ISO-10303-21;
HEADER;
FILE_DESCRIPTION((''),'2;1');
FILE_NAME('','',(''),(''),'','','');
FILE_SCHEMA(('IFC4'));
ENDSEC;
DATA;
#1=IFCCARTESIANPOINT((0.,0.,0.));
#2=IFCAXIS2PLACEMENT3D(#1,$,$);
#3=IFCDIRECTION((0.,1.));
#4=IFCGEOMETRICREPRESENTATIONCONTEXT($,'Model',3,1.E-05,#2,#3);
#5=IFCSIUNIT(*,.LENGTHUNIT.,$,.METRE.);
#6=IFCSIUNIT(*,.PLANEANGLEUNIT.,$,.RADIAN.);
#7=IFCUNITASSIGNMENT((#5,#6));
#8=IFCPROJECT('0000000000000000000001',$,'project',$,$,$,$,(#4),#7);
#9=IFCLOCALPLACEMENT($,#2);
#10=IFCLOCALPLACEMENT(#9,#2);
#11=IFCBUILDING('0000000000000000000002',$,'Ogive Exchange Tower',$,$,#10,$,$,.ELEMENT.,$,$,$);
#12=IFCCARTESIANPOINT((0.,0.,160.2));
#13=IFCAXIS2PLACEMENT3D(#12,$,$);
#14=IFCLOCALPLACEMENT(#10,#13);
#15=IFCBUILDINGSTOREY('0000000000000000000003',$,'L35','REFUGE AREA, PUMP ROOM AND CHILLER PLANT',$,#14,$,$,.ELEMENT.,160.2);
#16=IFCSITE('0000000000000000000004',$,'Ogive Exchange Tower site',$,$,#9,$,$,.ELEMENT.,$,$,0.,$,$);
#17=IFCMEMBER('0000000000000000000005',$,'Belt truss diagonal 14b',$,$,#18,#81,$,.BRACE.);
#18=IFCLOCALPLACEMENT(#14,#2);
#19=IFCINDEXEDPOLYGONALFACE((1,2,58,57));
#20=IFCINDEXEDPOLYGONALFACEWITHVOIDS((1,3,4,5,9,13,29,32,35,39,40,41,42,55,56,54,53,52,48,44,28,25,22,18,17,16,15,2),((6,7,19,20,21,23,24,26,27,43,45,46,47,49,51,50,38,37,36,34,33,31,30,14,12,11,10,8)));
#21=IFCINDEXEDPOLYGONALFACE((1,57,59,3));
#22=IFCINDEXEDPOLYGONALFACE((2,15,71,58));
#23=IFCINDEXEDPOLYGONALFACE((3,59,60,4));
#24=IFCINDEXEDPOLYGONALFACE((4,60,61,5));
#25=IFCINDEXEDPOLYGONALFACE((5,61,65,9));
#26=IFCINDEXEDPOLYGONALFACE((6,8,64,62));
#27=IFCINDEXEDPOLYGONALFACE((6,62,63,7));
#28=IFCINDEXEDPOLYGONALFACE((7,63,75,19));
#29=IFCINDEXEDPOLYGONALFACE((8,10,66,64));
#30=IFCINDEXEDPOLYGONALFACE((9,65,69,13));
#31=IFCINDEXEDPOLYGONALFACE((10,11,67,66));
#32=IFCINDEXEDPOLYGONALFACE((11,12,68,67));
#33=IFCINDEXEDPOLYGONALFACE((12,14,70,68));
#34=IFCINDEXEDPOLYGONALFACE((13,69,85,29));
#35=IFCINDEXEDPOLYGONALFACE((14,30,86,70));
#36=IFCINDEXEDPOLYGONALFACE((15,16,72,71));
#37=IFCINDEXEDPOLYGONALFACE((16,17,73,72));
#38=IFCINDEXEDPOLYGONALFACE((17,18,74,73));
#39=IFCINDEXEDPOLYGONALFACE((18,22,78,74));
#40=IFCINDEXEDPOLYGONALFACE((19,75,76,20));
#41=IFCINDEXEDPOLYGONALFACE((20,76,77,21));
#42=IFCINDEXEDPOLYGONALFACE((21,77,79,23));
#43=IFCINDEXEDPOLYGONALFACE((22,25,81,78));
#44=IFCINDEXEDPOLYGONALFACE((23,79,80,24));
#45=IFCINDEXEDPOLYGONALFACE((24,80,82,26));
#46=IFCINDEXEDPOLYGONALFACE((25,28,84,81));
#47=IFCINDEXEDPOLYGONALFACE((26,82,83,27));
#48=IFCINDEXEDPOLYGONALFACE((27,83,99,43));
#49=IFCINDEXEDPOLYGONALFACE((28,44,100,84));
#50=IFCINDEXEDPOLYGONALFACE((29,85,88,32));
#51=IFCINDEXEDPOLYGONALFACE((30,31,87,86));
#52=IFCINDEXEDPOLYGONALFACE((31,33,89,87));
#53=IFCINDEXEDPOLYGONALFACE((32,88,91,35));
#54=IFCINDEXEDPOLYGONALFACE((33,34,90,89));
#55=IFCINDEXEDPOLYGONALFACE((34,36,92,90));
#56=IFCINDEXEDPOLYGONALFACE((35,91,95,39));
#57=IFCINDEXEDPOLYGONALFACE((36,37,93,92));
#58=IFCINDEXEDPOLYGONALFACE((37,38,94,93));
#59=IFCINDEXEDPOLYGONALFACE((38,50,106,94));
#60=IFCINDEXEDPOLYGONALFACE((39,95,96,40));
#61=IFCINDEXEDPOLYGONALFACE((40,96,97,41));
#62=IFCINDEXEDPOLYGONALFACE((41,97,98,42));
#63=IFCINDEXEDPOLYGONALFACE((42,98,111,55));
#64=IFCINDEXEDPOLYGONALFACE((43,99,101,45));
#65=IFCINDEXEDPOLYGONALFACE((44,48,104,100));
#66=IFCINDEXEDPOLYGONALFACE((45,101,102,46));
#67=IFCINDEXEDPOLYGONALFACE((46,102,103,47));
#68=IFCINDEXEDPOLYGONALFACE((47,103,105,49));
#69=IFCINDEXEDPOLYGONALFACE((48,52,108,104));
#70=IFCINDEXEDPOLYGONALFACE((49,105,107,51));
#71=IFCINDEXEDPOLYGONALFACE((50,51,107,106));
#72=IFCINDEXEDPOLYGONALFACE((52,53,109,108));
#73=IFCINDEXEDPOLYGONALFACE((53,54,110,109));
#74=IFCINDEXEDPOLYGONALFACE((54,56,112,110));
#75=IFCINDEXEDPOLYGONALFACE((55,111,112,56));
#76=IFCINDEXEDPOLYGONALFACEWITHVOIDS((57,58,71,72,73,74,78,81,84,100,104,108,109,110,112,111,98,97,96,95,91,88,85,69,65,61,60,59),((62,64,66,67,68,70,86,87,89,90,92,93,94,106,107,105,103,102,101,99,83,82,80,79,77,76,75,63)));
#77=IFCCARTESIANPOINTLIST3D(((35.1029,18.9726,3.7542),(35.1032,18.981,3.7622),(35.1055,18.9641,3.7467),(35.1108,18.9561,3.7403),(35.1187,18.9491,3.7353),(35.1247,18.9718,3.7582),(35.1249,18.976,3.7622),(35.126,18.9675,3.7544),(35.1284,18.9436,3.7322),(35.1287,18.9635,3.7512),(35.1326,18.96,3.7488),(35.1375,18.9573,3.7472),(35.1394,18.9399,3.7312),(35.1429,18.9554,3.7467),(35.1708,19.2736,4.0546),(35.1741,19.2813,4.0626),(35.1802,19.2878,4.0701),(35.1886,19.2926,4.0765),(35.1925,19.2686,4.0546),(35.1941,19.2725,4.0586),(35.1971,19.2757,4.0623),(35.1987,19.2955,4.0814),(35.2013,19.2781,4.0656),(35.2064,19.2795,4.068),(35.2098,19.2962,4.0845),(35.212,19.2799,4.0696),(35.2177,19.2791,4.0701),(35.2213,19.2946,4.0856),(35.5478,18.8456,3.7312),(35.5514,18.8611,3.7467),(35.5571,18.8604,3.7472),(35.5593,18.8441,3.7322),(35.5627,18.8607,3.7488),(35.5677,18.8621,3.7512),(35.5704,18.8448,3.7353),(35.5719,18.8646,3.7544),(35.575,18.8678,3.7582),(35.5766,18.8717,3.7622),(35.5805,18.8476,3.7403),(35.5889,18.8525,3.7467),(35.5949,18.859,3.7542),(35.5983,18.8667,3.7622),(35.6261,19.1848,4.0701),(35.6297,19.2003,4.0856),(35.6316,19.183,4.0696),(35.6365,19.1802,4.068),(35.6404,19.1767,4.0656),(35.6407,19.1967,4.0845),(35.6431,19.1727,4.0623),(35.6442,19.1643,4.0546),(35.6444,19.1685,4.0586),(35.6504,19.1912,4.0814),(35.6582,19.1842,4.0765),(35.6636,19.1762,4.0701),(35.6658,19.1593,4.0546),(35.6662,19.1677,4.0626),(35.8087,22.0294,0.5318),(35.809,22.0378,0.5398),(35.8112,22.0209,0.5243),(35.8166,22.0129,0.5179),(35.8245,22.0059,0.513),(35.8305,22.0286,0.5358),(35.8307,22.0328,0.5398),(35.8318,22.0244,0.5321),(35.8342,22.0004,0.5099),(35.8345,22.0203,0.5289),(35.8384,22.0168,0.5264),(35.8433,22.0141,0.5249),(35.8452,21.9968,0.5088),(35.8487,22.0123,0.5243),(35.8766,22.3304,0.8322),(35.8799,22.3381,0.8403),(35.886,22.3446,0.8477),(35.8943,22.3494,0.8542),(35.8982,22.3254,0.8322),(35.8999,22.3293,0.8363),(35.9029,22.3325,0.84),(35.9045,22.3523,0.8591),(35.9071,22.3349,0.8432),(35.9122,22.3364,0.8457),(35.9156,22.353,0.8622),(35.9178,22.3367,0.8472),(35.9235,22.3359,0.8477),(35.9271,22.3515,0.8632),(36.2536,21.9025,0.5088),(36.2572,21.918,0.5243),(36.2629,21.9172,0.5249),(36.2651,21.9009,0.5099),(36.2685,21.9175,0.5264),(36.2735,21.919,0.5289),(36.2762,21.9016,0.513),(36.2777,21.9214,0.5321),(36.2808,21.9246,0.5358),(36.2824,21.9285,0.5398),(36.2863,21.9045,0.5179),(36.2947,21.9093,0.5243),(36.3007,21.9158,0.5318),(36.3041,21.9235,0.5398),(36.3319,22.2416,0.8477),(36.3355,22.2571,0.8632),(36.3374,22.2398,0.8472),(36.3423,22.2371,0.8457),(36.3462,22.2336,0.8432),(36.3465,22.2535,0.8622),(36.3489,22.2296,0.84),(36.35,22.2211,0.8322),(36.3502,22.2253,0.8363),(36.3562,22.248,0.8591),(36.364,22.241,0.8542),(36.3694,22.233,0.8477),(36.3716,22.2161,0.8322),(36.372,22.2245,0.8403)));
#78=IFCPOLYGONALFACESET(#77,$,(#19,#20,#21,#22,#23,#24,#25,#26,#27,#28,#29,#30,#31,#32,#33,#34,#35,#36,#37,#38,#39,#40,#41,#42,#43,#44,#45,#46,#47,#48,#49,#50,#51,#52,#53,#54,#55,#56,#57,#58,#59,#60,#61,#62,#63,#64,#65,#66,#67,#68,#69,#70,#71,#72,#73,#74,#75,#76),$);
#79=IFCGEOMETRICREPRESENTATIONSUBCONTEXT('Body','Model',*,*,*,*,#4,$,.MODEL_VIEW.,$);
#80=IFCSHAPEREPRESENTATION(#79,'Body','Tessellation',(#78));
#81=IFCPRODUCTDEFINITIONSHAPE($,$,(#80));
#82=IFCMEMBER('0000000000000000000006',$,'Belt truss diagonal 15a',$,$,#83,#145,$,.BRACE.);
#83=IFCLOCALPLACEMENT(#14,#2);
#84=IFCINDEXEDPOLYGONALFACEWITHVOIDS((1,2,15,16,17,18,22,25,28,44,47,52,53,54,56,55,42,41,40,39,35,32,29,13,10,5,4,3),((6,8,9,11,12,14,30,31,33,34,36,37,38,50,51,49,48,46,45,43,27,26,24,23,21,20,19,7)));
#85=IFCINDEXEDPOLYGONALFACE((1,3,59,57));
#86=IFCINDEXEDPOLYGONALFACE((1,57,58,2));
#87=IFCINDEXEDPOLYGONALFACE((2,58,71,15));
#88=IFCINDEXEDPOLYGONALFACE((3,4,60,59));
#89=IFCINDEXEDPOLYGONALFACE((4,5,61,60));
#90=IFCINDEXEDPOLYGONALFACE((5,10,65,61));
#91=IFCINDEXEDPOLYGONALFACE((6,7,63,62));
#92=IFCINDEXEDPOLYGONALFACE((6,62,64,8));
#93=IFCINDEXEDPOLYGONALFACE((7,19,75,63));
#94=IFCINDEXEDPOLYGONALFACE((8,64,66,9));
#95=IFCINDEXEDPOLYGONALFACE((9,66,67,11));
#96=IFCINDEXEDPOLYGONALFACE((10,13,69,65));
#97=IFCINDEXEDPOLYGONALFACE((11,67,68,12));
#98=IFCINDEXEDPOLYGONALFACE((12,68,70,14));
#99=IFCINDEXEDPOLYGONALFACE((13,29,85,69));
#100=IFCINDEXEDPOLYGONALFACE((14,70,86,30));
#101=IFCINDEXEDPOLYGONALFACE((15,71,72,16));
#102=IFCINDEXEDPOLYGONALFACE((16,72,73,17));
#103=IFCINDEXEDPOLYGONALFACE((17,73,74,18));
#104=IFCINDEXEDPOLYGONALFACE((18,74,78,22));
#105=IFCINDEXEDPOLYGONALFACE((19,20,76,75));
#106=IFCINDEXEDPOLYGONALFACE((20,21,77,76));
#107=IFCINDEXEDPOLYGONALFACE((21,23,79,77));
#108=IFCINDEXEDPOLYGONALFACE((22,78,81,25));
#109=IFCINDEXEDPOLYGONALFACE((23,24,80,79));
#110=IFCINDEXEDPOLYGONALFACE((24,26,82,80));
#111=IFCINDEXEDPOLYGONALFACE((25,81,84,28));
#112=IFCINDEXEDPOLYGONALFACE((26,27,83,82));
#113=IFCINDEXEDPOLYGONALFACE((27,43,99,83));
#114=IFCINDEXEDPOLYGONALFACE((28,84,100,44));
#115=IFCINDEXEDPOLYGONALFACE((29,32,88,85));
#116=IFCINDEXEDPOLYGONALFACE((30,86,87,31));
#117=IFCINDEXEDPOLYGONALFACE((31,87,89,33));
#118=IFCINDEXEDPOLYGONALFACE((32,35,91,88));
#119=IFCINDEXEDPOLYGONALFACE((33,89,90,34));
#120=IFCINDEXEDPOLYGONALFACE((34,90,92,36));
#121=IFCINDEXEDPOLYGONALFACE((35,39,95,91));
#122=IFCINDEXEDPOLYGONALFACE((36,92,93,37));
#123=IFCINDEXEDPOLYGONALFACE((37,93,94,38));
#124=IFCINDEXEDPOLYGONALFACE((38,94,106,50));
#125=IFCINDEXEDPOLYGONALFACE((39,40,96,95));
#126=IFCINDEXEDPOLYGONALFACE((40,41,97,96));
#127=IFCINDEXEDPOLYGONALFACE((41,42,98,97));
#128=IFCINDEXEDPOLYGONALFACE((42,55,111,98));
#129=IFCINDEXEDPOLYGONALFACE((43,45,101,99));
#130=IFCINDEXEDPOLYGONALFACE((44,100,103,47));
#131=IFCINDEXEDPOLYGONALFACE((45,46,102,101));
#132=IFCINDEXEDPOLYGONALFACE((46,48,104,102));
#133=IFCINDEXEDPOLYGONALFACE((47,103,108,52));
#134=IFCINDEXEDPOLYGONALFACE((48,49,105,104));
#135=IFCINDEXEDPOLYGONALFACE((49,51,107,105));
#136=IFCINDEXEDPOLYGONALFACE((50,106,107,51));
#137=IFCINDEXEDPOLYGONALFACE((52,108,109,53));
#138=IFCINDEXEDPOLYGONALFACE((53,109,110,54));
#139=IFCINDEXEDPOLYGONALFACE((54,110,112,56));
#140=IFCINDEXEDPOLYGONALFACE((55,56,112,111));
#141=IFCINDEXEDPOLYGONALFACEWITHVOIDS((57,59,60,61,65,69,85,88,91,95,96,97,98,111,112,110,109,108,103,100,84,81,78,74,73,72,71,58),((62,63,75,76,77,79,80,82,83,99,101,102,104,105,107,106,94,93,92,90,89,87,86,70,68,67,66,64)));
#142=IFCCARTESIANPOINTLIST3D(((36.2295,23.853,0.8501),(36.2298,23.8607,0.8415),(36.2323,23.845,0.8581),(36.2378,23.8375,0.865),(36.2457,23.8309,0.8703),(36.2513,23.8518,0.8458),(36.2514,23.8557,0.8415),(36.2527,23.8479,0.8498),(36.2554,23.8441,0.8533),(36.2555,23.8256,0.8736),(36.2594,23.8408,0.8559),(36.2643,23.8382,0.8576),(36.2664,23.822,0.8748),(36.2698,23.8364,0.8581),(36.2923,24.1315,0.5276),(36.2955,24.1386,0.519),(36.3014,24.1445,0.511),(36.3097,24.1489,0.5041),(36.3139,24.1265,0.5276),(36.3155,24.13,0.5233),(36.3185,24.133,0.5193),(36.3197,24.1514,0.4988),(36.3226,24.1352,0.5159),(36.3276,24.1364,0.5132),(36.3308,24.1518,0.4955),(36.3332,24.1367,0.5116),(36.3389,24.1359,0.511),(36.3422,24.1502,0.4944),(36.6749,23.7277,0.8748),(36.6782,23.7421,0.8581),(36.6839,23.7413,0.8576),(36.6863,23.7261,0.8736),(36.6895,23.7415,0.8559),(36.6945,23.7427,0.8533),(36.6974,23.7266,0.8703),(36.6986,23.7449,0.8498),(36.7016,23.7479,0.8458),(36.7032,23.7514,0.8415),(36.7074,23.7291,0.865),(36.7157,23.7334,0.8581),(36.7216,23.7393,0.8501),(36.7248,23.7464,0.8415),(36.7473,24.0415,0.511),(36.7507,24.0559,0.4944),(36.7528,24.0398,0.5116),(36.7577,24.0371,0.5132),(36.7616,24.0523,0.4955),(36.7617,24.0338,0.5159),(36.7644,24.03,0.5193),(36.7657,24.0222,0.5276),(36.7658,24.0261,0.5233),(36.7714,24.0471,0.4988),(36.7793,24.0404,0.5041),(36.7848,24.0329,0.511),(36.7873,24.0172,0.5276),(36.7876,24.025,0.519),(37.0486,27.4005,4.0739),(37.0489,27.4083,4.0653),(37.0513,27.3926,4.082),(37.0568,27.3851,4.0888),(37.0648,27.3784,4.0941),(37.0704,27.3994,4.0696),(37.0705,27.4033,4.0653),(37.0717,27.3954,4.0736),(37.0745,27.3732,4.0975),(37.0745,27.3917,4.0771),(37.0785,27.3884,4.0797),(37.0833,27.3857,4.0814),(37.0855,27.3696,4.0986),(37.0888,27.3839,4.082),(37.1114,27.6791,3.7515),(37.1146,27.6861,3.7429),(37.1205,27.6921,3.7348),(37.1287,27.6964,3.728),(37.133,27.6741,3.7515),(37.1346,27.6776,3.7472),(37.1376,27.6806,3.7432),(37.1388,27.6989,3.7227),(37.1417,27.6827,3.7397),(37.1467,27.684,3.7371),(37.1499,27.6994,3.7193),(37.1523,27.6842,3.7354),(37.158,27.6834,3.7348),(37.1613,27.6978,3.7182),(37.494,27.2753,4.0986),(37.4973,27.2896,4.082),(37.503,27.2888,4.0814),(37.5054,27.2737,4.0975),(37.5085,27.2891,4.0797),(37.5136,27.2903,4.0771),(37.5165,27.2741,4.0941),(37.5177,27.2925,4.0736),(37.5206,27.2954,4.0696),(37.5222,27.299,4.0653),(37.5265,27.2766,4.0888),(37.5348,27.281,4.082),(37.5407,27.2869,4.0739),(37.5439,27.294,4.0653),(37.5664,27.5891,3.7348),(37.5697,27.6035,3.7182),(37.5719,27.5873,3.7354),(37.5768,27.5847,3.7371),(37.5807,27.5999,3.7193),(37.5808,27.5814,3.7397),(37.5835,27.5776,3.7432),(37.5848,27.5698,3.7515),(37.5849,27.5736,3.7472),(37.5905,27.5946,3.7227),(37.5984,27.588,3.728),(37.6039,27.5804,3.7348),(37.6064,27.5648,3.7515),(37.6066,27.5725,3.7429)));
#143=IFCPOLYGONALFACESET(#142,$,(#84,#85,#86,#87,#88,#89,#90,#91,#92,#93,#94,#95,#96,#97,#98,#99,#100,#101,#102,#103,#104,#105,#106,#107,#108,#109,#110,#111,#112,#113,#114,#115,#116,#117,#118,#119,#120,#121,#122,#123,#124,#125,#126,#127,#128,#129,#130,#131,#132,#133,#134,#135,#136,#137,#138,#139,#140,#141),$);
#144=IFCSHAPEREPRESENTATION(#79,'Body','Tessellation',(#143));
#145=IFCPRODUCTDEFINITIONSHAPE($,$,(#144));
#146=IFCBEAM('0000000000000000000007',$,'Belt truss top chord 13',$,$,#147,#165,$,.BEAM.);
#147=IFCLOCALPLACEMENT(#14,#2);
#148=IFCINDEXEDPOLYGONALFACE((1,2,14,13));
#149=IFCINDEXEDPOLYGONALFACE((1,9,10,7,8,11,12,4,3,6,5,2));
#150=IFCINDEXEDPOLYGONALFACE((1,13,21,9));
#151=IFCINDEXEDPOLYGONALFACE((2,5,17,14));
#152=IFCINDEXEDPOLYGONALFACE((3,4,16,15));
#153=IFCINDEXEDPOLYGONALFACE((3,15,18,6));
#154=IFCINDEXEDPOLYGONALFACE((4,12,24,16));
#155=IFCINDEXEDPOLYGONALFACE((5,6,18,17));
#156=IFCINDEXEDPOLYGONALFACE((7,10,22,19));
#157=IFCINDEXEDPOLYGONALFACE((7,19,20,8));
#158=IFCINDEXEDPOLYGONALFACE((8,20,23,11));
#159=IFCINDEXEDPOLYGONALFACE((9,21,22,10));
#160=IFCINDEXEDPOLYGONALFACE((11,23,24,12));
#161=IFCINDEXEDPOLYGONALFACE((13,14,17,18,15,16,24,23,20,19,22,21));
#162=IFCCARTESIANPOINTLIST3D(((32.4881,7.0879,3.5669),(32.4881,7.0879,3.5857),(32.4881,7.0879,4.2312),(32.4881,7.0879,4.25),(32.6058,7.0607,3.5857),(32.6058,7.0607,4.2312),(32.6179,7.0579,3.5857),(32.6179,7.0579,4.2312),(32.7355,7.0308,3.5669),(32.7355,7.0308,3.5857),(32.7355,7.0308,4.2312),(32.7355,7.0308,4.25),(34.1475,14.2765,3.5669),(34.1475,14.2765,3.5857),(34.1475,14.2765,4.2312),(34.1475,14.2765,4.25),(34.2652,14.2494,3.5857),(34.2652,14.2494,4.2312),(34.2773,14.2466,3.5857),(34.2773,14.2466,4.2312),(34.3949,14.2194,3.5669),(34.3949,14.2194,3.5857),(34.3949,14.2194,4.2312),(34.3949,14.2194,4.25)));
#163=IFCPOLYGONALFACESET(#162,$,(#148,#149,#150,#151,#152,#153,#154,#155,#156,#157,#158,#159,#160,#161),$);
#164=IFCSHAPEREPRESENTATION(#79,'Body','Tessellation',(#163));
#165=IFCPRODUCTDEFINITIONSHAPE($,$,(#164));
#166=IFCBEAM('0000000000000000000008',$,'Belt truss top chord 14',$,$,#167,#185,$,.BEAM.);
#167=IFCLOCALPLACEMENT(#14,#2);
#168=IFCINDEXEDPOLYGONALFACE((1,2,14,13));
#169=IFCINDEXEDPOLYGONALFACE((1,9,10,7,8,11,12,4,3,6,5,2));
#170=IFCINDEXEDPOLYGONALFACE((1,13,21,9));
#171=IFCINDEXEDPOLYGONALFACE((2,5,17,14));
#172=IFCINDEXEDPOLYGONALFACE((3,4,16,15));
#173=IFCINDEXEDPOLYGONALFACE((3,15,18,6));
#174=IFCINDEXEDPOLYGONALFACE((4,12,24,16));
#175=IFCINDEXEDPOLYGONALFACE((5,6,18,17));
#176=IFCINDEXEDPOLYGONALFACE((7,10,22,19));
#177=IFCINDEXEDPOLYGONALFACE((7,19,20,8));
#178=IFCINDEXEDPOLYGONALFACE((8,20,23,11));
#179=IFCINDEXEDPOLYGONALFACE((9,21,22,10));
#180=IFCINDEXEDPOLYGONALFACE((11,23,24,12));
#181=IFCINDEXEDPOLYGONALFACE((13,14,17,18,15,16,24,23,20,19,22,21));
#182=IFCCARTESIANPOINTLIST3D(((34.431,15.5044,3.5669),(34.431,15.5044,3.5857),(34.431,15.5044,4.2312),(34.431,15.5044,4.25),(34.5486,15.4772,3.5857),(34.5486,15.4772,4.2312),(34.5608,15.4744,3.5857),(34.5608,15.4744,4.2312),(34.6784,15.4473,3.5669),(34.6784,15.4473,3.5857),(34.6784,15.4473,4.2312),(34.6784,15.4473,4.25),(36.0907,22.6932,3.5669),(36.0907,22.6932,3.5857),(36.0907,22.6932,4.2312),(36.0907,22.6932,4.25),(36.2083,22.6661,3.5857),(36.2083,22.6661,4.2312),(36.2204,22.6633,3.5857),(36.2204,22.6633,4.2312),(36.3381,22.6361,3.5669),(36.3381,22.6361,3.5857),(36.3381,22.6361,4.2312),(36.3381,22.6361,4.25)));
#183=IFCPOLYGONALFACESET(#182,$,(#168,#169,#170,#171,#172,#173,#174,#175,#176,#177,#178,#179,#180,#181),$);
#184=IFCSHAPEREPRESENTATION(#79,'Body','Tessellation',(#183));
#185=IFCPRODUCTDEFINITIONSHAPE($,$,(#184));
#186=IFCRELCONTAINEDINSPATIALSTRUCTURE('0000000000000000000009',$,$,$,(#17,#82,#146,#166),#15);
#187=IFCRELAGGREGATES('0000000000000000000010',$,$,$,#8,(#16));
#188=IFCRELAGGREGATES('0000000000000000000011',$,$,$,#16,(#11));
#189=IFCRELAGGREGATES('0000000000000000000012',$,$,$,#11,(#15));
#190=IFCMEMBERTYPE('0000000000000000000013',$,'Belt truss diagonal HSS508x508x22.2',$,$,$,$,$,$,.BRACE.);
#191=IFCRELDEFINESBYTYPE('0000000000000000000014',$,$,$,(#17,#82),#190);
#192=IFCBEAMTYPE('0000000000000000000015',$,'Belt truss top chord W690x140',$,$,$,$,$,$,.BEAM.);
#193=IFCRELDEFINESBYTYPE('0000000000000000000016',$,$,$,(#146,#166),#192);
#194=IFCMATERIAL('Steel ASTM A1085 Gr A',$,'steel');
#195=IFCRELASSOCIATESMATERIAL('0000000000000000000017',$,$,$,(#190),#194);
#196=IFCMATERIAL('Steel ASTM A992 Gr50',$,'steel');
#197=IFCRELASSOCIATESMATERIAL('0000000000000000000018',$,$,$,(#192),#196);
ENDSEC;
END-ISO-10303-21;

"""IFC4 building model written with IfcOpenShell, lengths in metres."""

from ifc_helpers import new_model, si_unit, direction, frame, origin, origin_2d, place, context, subcontext, project, spatial, hollow_rectangle, i_section, extrude, material, material_profile, profile_set, type_object, element, save


model = new_model("IFC4")

# Units and contexts
model_context = context("Model", 3, precision=1e-05, world=origin(), true_north=direction((0.0, 1.0)))
body_context = subcontext(model_context, "Body", "Model", "MODEL_VIEW")
ifc_project = project(units=[si_unit("LENGTHUNIT", "METRE"), si_unit("PLANEANGLEUNIT", "RADIAN")], contexts=[model_context])

# Site, building, storey
site_placement = place(None, origin())
site = spatial("IfcSite", under=ifc_project, at=site_placement, Name="Ogive Exchange Tower site", CompositionType="ELEMENT", RefElevation=0.0)
building_placement = place(site_placement, origin())
building = spatial("IfcBuilding", under=site, at=building_placement, Name="Ogive Exchange Tower", CompositionType="ELEMENT")
storey_placement = place(building_placement, frame((0.0, 0.0, 160.2)))
storey = spatial("IfcBuildingStorey", under=building, at=storey_placement, Name="L35", Description="REFUGE AREA, PUMP ROOM AND CHILLER PLANT", CompositionType="ELEMENT", Elevation=160.2)

# Shared definitions
ifc_material_1 = material(Name="Steel ASTM A992 Gr50", Category="steel")

# Members
ifc_material_2 = material(Name="Steel ASTM A1085 Gr A", Category="steel")
ifc_material_profile_1 = material_profile(ifc_material_2, hollow_rectangle(XDim=0.5081, YDim=0.5081, WallThickness=0.0222, InnerFilletRadius=0.0222, OuterFilletRadius=0.0444, at=origin_2d()), Name="HSS508x508x22.2")
ifc_profile_set_1 = profile_set([ifc_material_profile_1], Name="Steel ASTM A1085 Gr A")
member_type_1 = type_object("IfcMemberType", Name="Belt truss diagonal HSS508x508x22.2", PredefinedType="BRACE", material=ifc_profile_set_1)
member_1_placement = place(storey_placement, frame((36.0903, 22.127, 0.686), z_axis=(-0.156937, -0.6797, 0.716505), x_axis=(0.974365, -0.224973, 0.0)))
element("IfcMember", 1, at=member_1_placement, inside=storey, type_object=member_type_1, Name="Belt truss diagonal 14b", PredefinedType="BRACE", context=body_context, shape_type="SweptSolid", body=[
    extrude(hollow_rectangle(XDim=0.5081, YDim=0.5081, WallThickness=0.0222, InnerFilletRadius=0.0222, OuterFilletRadius=0.0444, at=origin_2d()), origin(), (0.0, 0.0, 1.0), 4.4973),
])
member_2_placement = place(storey_placement, frame((36.5085, 23.939, 0.6846), z_axis=(0.16843, 0.729494, 0.662925), x_axis=(-0.974366, 0.224967, 0.0)))
element("IfcMember", 2, at=member_2_placement, inside=storey, type_object=member_type_1, Name="Belt truss diagonal 15a", PredefinedType="BRACE", context=body_context, shape_type="SweptSolid", body=[
    extrude(hollow_rectangle(XDim=0.5081, YDim=0.5081, WallThickness=0.0222, InnerFilletRadius=0.0222, OuterFilletRadius=0.0444, at=origin_2d()), origin(), (0.0, 0.0, 1.0), 4.863),
])

# Beams
ifc_material_profile_2 = material_profile(ifc_material_1, i_section(OverallWidth=0.2539, OverallDepth=0.6831, WebThickness=0.0125, FlangeThickness=0.0188, at=origin_2d()), Name="W690x140")
ifc_profile_set_2 = profile_set([ifc_material_profile_2], Name="Steel ASTM A992 Gr50")
beam_type_1 = type_object("IfcBeamType", Name="Belt truss top chord W690x140", PredefinedType="BEAM", material=ifc_profile_set_2)
beam_1_placement = place(storey_placement, frame((32.6118, 7.0593, 3.9084), z_axis=(0.224922, 0.974377, 0.0), x_axis=(-0.974377, 0.224922, 0.0)))
element("IfcBeam", 3, at=beam_1_placement, inside=storey, type_object=beam_type_1, Name="Belt truss top chord 13", PredefinedType="BEAM", context=body_context, shape_type="SweptSolid", body=[
    extrude(i_section(OverallWidth=0.2539, OverallDepth=0.6831, WebThickness=0.0125, FlangeThickness=0.0188, at=origin_2d()), origin(), (0.0, 0.0, 1.0), 7.3777),
])
for number, where, z_axis, x_axis, name in (
    (4, (34.5547, 15.4758, 3.9084), (0.224954, 0.974369, 0.0), (-0.974369, 0.224954, 0.0), "Belt truss top chord 14"),
):
    element("IfcBeam", number, at=place(storey_placement, frame(where, z_axis=z_axis, x_axis=x_axis)), inside=storey, type_object=beam_type_1, Name=name, PredefinedType="BEAM", context=body_context, shape_type="SweptSolid", body=[
        extrude(i_section(OverallWidth=0.2539, OverallDepth=0.6831, WebThickness=0.0125, FlangeThickness=0.0188, at=origin_2d()), origin(), (0.0, 0.0, 1.0), 7.3779),
    ])

save(model, "model.ifc")
